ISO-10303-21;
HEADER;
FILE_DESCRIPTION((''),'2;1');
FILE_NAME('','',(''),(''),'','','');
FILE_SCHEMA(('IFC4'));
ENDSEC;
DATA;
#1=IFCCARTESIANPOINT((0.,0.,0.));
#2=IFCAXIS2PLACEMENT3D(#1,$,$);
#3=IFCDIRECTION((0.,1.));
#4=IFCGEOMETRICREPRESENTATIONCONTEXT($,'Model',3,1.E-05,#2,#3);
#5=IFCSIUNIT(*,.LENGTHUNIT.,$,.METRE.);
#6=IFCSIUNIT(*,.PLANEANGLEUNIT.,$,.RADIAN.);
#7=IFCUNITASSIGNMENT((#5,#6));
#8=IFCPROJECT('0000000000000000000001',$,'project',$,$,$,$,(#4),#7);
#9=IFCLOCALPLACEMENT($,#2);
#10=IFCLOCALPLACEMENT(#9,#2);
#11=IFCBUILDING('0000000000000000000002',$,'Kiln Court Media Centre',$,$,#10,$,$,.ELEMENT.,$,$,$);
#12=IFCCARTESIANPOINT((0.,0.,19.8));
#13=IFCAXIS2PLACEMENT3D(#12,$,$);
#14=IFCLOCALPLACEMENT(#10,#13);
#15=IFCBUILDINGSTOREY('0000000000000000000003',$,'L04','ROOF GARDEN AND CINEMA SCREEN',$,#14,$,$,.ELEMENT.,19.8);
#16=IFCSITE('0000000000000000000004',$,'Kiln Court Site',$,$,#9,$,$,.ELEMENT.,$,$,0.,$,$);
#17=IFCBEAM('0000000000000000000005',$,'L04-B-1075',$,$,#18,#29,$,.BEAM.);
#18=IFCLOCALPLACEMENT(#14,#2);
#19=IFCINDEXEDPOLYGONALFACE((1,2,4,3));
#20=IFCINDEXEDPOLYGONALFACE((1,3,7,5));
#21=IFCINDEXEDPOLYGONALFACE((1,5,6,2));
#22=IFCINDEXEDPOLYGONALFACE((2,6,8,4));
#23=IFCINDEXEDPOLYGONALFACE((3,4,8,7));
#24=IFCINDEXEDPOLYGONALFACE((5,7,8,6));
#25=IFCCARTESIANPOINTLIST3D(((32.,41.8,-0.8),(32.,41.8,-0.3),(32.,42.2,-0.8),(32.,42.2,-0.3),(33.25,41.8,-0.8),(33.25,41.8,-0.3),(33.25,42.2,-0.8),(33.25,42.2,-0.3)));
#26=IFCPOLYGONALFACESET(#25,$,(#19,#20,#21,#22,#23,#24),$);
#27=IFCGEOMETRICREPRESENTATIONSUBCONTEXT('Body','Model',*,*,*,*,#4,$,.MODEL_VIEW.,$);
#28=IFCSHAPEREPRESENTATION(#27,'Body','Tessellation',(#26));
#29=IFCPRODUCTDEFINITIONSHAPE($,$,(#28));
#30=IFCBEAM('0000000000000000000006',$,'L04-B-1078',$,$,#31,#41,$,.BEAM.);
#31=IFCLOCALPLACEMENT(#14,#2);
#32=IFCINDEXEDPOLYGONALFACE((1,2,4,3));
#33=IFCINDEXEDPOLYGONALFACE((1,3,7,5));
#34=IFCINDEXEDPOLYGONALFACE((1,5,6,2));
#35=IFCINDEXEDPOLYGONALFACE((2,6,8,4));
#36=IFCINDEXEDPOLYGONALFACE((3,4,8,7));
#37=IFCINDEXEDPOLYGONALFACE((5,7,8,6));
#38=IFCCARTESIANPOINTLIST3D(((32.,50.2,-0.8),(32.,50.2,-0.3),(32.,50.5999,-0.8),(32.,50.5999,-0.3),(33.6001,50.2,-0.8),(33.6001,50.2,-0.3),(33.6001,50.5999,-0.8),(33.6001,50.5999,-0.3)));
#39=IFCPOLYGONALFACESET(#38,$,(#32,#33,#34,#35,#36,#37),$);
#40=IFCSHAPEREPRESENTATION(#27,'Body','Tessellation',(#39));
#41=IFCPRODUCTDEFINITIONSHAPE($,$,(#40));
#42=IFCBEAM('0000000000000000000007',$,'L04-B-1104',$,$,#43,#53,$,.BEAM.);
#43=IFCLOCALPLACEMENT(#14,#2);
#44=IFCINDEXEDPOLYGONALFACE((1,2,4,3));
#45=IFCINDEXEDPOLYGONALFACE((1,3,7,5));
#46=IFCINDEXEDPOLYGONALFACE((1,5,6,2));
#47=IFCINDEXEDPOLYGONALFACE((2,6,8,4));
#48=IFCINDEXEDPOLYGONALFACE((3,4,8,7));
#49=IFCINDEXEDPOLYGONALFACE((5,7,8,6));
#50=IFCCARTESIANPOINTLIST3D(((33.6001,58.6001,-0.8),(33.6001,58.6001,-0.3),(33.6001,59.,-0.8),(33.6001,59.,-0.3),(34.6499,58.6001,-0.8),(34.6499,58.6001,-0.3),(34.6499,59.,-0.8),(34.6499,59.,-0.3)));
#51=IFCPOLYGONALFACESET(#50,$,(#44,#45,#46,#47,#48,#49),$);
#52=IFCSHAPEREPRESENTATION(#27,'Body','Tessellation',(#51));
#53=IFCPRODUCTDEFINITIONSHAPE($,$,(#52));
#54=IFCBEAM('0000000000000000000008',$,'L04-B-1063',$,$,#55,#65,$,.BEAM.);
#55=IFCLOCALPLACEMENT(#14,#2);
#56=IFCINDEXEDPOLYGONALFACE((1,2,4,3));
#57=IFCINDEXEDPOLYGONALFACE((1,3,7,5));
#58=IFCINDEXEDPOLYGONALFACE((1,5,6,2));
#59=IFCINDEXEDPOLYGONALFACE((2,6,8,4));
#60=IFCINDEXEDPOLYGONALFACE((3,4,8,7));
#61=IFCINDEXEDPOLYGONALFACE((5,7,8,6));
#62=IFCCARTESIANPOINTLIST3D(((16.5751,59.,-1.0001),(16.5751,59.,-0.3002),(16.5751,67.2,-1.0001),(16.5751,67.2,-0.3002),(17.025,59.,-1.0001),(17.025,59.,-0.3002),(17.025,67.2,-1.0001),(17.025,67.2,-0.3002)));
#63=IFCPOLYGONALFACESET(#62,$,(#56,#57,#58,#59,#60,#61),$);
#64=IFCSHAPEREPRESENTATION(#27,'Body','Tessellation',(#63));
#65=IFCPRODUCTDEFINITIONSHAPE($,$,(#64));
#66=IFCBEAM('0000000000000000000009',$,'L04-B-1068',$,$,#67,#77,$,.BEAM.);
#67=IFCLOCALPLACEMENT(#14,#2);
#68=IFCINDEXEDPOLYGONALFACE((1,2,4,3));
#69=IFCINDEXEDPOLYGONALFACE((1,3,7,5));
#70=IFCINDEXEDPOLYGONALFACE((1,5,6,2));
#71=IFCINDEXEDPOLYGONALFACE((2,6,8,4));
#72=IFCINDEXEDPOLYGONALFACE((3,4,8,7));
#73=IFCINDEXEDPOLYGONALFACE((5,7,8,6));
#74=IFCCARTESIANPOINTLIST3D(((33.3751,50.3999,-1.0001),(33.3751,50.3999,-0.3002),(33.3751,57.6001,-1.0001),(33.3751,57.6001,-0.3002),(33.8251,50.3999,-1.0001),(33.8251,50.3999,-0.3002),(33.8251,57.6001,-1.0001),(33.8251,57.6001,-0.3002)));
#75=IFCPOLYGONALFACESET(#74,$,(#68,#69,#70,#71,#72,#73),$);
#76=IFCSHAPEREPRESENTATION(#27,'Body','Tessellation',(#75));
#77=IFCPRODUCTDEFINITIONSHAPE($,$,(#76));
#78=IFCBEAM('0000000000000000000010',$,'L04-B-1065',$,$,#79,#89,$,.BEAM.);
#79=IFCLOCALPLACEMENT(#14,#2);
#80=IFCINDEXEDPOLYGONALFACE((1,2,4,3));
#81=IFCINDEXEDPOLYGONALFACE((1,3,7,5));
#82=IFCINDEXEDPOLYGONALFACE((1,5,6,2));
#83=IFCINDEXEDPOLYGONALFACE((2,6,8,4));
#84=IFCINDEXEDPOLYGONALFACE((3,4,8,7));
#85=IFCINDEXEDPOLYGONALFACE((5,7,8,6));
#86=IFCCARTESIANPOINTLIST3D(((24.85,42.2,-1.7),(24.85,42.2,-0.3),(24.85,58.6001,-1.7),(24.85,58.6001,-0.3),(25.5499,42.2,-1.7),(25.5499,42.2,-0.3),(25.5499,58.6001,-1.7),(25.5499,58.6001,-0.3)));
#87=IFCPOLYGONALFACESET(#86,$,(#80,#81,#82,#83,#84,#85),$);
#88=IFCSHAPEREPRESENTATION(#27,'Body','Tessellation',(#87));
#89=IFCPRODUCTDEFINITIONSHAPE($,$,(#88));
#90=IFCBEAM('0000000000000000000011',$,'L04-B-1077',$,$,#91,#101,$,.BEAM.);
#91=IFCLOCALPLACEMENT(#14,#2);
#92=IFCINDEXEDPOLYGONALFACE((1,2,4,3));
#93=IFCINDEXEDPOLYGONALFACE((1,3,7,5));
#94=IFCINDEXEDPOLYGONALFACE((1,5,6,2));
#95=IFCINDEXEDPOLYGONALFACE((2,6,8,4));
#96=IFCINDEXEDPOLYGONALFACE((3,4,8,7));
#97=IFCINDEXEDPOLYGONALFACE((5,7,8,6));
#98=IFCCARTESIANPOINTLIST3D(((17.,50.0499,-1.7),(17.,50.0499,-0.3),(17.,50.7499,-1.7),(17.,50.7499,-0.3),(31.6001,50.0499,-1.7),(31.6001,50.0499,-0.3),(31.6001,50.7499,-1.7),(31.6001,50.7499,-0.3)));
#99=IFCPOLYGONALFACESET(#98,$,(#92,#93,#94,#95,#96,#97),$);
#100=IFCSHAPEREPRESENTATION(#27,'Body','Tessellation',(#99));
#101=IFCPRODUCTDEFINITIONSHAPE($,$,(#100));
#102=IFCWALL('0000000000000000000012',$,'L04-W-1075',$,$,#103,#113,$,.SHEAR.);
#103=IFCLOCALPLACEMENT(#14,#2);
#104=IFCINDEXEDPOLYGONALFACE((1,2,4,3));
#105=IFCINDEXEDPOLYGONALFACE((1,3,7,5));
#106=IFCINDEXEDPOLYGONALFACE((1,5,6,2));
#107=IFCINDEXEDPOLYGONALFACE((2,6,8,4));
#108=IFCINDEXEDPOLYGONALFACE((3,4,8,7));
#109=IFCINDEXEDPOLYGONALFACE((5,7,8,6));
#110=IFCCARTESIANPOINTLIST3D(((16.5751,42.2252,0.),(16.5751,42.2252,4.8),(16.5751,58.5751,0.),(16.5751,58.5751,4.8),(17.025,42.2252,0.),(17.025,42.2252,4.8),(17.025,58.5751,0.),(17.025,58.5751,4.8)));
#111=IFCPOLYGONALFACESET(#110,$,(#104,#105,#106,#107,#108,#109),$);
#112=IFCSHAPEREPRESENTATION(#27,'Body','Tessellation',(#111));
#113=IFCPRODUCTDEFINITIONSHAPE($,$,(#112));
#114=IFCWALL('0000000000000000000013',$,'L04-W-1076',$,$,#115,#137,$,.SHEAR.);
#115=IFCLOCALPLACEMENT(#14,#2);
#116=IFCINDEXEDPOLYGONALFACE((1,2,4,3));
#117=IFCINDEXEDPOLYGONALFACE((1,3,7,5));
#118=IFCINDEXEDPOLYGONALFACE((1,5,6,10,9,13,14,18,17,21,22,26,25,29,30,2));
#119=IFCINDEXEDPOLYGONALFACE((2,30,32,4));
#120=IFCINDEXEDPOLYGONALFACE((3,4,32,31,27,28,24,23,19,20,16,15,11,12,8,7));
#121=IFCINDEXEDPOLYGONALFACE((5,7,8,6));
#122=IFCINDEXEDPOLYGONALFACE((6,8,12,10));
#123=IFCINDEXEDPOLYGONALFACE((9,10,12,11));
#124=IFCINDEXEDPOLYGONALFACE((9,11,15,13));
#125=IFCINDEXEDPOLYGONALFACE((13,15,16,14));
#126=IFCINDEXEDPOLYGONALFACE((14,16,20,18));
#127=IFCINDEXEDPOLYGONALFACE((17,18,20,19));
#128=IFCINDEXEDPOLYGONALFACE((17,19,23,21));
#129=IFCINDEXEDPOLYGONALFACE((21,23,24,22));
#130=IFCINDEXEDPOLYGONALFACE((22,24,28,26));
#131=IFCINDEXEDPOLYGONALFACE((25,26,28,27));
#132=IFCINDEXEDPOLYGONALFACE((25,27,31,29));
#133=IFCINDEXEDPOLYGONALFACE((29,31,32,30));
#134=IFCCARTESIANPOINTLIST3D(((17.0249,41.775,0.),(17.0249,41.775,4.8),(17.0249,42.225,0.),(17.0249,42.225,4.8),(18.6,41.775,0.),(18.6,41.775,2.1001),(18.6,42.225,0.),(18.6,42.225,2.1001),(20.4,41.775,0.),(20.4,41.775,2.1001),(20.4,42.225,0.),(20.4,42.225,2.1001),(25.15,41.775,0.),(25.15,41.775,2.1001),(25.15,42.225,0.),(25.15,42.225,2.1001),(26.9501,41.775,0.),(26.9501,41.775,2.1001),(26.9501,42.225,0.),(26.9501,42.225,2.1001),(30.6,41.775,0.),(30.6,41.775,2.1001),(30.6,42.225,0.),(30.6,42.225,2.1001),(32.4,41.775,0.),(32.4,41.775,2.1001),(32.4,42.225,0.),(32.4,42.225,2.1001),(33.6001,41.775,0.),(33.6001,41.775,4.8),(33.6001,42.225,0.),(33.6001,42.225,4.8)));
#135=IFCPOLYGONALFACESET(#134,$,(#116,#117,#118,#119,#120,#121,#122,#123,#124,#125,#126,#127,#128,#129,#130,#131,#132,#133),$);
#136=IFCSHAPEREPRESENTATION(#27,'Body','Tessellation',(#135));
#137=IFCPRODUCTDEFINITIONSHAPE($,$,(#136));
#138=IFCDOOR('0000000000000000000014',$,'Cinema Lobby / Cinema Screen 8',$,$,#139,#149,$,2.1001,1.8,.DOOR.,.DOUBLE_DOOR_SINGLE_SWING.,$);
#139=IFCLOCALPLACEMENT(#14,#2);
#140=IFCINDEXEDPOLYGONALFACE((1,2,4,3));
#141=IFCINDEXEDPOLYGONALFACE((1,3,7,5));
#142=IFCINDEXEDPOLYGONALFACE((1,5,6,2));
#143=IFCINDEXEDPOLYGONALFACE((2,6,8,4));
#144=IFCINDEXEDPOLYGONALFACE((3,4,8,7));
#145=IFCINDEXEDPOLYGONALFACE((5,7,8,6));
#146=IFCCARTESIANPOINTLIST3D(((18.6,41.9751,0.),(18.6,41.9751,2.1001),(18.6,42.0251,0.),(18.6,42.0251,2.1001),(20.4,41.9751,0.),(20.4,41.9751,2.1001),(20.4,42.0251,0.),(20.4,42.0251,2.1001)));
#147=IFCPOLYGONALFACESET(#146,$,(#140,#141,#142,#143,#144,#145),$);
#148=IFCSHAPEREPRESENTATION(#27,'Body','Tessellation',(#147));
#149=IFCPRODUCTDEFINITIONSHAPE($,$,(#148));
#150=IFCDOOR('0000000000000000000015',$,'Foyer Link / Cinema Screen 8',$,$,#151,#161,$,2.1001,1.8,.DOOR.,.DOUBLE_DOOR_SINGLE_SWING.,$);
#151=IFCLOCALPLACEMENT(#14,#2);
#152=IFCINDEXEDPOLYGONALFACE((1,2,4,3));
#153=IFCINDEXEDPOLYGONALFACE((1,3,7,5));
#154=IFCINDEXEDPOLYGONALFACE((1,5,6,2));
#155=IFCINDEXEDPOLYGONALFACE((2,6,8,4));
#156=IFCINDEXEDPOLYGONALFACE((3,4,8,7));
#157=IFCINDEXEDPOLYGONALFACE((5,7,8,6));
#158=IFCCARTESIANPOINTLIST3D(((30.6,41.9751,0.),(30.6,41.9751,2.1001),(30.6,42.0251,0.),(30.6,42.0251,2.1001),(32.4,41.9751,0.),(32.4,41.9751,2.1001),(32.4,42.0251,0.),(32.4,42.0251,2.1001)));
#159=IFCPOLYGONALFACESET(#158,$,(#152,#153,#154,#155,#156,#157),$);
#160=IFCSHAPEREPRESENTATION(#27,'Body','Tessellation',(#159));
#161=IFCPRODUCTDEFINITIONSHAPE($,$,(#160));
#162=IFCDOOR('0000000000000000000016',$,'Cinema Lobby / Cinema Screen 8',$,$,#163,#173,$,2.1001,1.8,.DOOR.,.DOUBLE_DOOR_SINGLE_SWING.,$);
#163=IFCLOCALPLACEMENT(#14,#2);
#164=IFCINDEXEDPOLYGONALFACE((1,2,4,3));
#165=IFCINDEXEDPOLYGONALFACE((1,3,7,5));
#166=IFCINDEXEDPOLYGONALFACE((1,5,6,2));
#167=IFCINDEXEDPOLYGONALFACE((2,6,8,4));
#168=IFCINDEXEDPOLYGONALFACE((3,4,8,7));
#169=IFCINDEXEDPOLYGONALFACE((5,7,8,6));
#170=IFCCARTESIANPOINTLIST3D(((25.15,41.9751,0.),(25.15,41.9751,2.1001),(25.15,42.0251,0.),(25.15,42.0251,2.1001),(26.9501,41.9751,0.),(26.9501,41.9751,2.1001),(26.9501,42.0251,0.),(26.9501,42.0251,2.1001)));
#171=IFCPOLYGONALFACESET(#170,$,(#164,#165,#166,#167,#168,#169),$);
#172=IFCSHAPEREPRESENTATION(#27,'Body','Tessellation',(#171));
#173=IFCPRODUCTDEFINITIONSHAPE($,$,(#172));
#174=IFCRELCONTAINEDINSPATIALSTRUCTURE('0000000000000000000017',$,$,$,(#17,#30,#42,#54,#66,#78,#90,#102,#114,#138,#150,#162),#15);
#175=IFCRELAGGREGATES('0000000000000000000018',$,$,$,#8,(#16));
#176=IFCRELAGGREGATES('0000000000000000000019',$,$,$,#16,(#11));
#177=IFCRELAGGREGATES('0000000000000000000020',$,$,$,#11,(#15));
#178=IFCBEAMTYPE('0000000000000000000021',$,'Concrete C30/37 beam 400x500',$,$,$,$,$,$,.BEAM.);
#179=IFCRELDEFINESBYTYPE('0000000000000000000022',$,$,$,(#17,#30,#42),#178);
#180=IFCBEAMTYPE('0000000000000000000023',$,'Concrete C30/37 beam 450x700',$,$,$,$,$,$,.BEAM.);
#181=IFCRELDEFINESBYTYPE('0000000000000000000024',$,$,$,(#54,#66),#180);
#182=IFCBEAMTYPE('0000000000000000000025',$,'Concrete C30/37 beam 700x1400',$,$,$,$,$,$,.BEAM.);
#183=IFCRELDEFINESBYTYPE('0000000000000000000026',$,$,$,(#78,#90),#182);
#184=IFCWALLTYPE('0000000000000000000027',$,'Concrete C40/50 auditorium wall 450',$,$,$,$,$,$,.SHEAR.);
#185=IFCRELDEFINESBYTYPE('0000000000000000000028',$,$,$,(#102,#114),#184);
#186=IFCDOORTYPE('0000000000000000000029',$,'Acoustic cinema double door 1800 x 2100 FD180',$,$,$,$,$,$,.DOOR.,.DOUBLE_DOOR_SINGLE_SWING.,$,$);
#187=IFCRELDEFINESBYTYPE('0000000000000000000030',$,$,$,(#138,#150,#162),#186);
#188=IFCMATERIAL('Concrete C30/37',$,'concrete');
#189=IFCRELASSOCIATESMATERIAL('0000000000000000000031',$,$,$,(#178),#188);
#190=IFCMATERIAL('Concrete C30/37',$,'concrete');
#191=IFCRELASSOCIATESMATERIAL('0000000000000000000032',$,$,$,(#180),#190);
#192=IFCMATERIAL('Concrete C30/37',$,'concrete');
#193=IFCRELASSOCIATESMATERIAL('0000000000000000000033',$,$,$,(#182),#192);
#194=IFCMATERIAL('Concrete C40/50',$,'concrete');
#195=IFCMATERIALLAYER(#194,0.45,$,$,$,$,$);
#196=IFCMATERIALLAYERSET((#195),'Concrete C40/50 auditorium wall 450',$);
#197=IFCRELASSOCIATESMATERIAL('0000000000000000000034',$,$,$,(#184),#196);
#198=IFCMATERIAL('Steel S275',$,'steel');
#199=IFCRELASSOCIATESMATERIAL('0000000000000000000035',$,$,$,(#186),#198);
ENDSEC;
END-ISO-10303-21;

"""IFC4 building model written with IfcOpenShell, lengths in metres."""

from ifc_helpers import new_model, si_unit, direction, frame, frame_2d, origin, origin_2d, place, context, subcontext, project, spatial, rectangle, extrude, material, layer, layer_set, material_profile, profile_set, type_object, element, fill, save


model = new_model("IFC4")

# Units and contexts
model_context = context("Model", 3, precision=1e-05, world=origin(), true_north=direction((0.0, 1.0)))
body_context = subcontext(model_context, "Body", "Model", "MODEL_VIEW")
ifc_project = project(units=[si_unit("LENGTHUNIT", "METRE"), si_unit("PLANEANGLEUNIT", "RADIAN")], contexts=[model_context])

# Site, building, storey
site_placement = place(None, origin())
site = spatial("IfcSite", under=ifc_project, at=site_placement, Name="Kiln Court Site", CompositionType="ELEMENT", RefElevation=0.0)
building_placement = place(site_placement, origin())
building = spatial("IfcBuilding", under=site, at=building_placement, Name="Kiln Court Media Centre", CompositionType="ELEMENT")
storey_placement = place(building_placement, frame((0.0, 0.0, 19.8)))
storey = spatial("IfcBuildingStorey", under=building, at=storey_placement, Name="L04", Description="ROOF GARDEN AND CINEMA SCREEN", CompositionType="ELEMENT", Elevation=19.8)

# Beams
ifc_material_1 = material(Name="Concrete C30/37", Category="concrete")
ifc_material_profile_1 = material_profile(ifc_material_1, rectangle(XDim=0.3999, YDim=0.5, at=origin_2d()), Name="RC 400x500")
ifc_profile_set_1 = profile_set([ifc_material_profile_1], Name="Concrete C30/37")
beam_type_1 = type_object("IfcBeamType", Name="Concrete C30/37 beam 400x500", PredefinedType="BEAM", material=ifc_profile_set_1)
beam_1_placement = place(storey_placement, frame((32.0, 42.0, -0.55), z_axis=(1.0, 0.0, 0.0), x_axis=(0.0, 1.0, 0.0)))
element("IfcBeam", 1, at=beam_1_placement, inside=storey, type_object=beam_type_1, Name="L04-B-1075", PredefinedType="BEAM", context=body_context, shape_type="SweptSolid", body=[
    extrude(rectangle(XDim=0.3999, YDim=0.5, at=origin_2d()), origin(), (0.0, 0.0, 1.0), 1.25),
])
beam_2_placement = place(storey_placement, frame((32.0, 50.3999, -0.55), z_axis=(1.0, 0.0, 0.0), x_axis=(0.0, 1.0, 0.0)))
element("IfcBeam", 2, at=beam_2_placement, inside=storey, type_object=beam_type_1, Name="L04-B-1078", PredefinedType="BEAM", context=body_context, shape_type="SweptSolid", body=[
    extrude(rectangle(XDim=0.3999, YDim=0.5, at=origin_2d()), origin(), (0.0, 0.0, 1.0), 1.6001),
])
beam_3_placement = place(storey_placement, frame((33.6001, 58.8, -0.55), z_axis=(1.0, 0.0, 0.0), x_axis=(0.0, 1.0, 0.0)))
element("IfcBeam", 3, at=beam_3_placement, inside=storey, type_object=beam_type_1, Name="L04-B-1104", PredefinedType="BEAM", context=body_context, shape_type="SweptSolid", body=[
    extrude(rectangle(XDim=0.3999, YDim=0.5, at=origin_2d()), origin(), (0.0, 0.0, 1.0), 1.0498),
])
ifc_material_2 = material(Name="Concrete C30/37", Category="concrete")
ifc_material_profile_2 = material_profile(ifc_material_2, rectangle(XDim=0.45, YDim=0.7, at=origin_2d()), Name="RC 450x700")
ifc_profile_set_2 = profile_set([ifc_material_profile_2], Name="Concrete C30/37")
beam_type_2 = type_object("IfcBeamType", Name="Concrete C30/37 beam 450x700", PredefinedType="BEAM", material=ifc_profile_set_2)
beam_4_placement = place(storey_placement, frame((16.8, 59.0, -0.6501), z_axis=(0.0, 1.0, 0.0), x_axis=(-1.0, 0.0, 0.0)))
element("IfcBeam", 4, at=beam_4_placement, inside=storey, type_object=beam_type_2, Name="L04-B-1063", PredefinedType="BEAM", context=body_context, shape_type="SweptSolid", body=[
    extrude(rectangle(XDim=0.45, YDim=0.7, at=origin_2d()), origin(), (0.0, 0.0, 1.0), 8.2),
])
beam_5_placement = place(storey_placement, frame((33.6001, 50.3999, -0.6501), z_axis=(0.0, 1.0, 0.0), x_axis=(-1.0, 0.0, 0.0)))
element("IfcBeam", 5, at=beam_5_placement, inside=storey, type_object=beam_type_2, Name="L04-B-1068", PredefinedType="BEAM", context=body_context, shape_type="SweptSolid", body=[
    extrude(rectangle(XDim=0.45, YDim=0.7, at=origin_2d()), origin(), (0.0, 0.0, 1.0), 7.2002),
])
ifc_material_3 = material(Name="Concrete C30/37", Category="concrete")
ifc_material_profile_3 = material_profile(ifc_material_3, rectangle(XDim=0.7, YDim=1.3999, at=origin_2d()), Name="RC 700x1400")
ifc_profile_set_3 = profile_set([ifc_material_profile_3], Name="Concrete C30/37")
beam_type_3 = type_object("IfcBeamType", Name="Concrete C30/37 beam 700x1400", PredefinedType="BEAM", material=ifc_profile_set_3)
beam_6_placement = place(storey_placement, frame((25.2, 42.2, -1.0), z_axis=(0.0, 1.0, 0.0), x_axis=(-1.0, 0.0, 0.0)))
element("IfcBeam", 6, at=beam_6_placement, inside=storey, type_object=beam_type_3, Name="L04-B-1065", PredefinedType="BEAM", context=body_context, shape_type="SweptSolid", body=[
    extrude(rectangle(XDim=0.7, YDim=1.3999, at=origin_2d()), origin(), (0.0, 0.0, 1.0), 16.4001),
])
beam_7_placement = place(storey_placement, frame((17.0, 50.3999, -1.0), z_axis=(1.0, 0.0, 0.0), x_axis=(0.0, 1.0, 0.0)))
element("IfcBeam", 7, at=beam_7_placement, inside=storey, type_object=beam_type_3, Name="L04-B-1077", PredefinedType="BEAM", context=body_context, shape_type="SweptSolid", body=[
    extrude(rectangle(XDim=0.7, YDim=1.3999, at=origin_2d()), origin(), (0.0, 0.0, 1.0), 14.6001),
])

# Wall
ifc_material_4 = material(Name="Concrete C40/50", Category="concrete")
ifc_layer_1 = layer(ifc_material_4, 0.45)
ifc_layer_set_1 = layer_set([ifc_layer_1], Name="Concrete C40/50 auditorium wall 450")
wall_type_1 = type_object("IfcWallType", Name="Concrete C40/50 auditorium wall 450", PredefinedType="SHEAR", material=ifc_layer_set_1)
wall_1_placement = place(storey_placement, frame((16.8, 58.575, 0.0), z_axis=(0.0, 0.0, 1.0), x_axis=(0.0, -1.0, 0.0)))
element("IfcWall", 8, at=wall_1_placement, inside=storey, type_object=wall_type_1, Name="L04-W-1075", PredefinedType="SHEAR", context=body_context, shape_type="SweptSolid", body=[
    extrude(rectangle(XDim=16.3499, YDim=0.45, at=frame_2d((8.1748, 0.0))), origin(), (0.0, 0.0, 1.0), 4.8),
])

# Wall, openings, doors
wall_2_placement = place(storey_placement, frame((33.6001, 42.0, 0.0), z_axis=(0.0, 0.0, 1.0), x_axis=(-1.0, 0.0, 0.0)))
wall_2 = element("IfcWall", 9, at=wall_2_placement, inside=storey, type_object=wall_type_1, Name="L04-W-1076", PredefinedType="SHEAR", context=body_context, shape_type="SweptSolid", body=[
    extrude(rectangle(XDim=16.5752, YDim=0.45, at=frame_2d((8.2876, 0.0))), origin(), (0.0, 0.0, 1.0), 4.8),
])
opening_1_placement = place(wall_2_placement, frame((13.2002, 0.0, 0.0)))
opening_1 = element("IfcOpeningElement", 10, at=opening_1_placement, cuts=wall_2, PredefinedType="OPENING", context=body_context, shape_type="SweptSolid", body=[
    extrude(rectangle(XDim=1.8, YDim=2.1001, at=frame_2d((0.8999, 1.05))), frame((0.0, 0.2349, 0.0), z_axis=(0.0, -1.0, 0.0), x_axis=(1.0, 0.0, 0.0)), (0.0, 0.0, 1.0), 0.47),
])
opening_2_placement = place(wall_2_placement, frame((1.2002, 0.0, 0.0)))
opening_2 = element("IfcOpeningElement", 11, at=opening_2_placement, cuts=wall_2, PredefinedType="OPENING", context=body_context, shape_type="SweptSolid", body=[
    extrude(rectangle(XDim=1.8, YDim=2.1001, at=frame_2d((0.8999, 1.05))), frame((0.0, 0.2349, 0.0), z_axis=(0.0, -1.0, 0.0), x_axis=(1.0, 0.0, 0.0)), (0.0, 0.0, 1.0), 0.47),
])
opening_3_placement = place(wall_2_placement, frame((6.6501, 0.0, 0.0)))
opening_3 = element("IfcOpeningElement", 12, at=opening_3_placement, cuts=wall_2, PredefinedType="OPENING", context=body_context, shape_type="SweptSolid", body=[
    extrude(rectangle(XDim=1.8, YDim=2.1001, at=frame_2d((0.8999, 1.05))), frame((0.0, 0.2349, 0.0), z_axis=(0.0, -1.0, 0.0), x_axis=(1.0, 0.0, 0.0)), (0.0, 0.0, 1.0), 0.47),
])
ifc_material_5 = material(Name="Steel S275", Category="steel")
door_type_1 = type_object("IfcDoorType", Name="Acoustic cinema double door 1800 x 2100 FD180", OperationType="DOUBLE_DOOR_SINGLE_SWING", PredefinedType="DOOR", material=ifc_material_5)
door_1_placement = place(opening_1_placement, origin())
door_1 = element("IfcDoor", 13, at=door_1_placement, inside=storey, type_object=door_type_1, Name="Cinema Lobby / Cinema Screen 8", OperationType="DOUBLE_DOOR_SINGLE_SWING", OverallHeight=2.1001, OverallWidth=1.8, PredefinedType="DOOR", context=body_context, shape_type="SweptSolid", body=[
    extrude(rectangle(XDim=1.8, YDim=2.1001, at=frame_2d((0.8999, 1.05))), frame((0.0, 0.0249, 0.0), z_axis=(0.0, -1.0, 0.0), x_axis=(1.0, 0.0, 0.0)), (0.0, 0.0, 1.0), 0.05),
])
fill(opening_1, door_1)
door_2_placement = place(opening_2_placement, origin())
door_2 = element("IfcDoor", 14, at=door_2_placement, inside=storey, type_object=door_type_1, Name="Foyer Link / Cinema Screen 8", OperationType="DOUBLE_DOOR_SINGLE_SWING", OverallHeight=2.1001, OverallWidth=1.8, PredefinedType="DOOR", context=body_context, shape_type="SweptSolid", body=[
    extrude(rectangle(XDim=1.8, YDim=2.1001, at=frame_2d((0.8999, 1.05))), frame((0.0, 0.0249, 0.0), z_axis=(0.0, -1.0, 0.0), x_axis=(1.0, 0.0, 0.0)), (0.0, 0.0, 1.0), 0.05),
])
fill(opening_2, door_2)
door_3_placement = place(opening_3_placement, origin())
door_3 = element("IfcDoor", 15, at=door_3_placement, inside=storey, type_object=door_type_1, Name="Cinema Lobby / Cinema Screen 8", OperationType="DOUBLE_DOOR_SINGLE_SWING", OverallHeight=2.1001, OverallWidth=1.8, PredefinedType="DOOR", context=body_context, shape_type="SweptSolid", body=[
    extrude(rectangle(XDim=1.8, YDim=2.1001, at=frame_2d((0.8999, 1.05))), frame((0.0, 0.0249, 0.0), z_axis=(0.0, -1.0, 0.0), x_axis=(1.0, 0.0, 0.0)), (0.0, 0.0, 1.0), 0.05),
])
fill(opening_3, door_3)

save(model, "model.ifc")
